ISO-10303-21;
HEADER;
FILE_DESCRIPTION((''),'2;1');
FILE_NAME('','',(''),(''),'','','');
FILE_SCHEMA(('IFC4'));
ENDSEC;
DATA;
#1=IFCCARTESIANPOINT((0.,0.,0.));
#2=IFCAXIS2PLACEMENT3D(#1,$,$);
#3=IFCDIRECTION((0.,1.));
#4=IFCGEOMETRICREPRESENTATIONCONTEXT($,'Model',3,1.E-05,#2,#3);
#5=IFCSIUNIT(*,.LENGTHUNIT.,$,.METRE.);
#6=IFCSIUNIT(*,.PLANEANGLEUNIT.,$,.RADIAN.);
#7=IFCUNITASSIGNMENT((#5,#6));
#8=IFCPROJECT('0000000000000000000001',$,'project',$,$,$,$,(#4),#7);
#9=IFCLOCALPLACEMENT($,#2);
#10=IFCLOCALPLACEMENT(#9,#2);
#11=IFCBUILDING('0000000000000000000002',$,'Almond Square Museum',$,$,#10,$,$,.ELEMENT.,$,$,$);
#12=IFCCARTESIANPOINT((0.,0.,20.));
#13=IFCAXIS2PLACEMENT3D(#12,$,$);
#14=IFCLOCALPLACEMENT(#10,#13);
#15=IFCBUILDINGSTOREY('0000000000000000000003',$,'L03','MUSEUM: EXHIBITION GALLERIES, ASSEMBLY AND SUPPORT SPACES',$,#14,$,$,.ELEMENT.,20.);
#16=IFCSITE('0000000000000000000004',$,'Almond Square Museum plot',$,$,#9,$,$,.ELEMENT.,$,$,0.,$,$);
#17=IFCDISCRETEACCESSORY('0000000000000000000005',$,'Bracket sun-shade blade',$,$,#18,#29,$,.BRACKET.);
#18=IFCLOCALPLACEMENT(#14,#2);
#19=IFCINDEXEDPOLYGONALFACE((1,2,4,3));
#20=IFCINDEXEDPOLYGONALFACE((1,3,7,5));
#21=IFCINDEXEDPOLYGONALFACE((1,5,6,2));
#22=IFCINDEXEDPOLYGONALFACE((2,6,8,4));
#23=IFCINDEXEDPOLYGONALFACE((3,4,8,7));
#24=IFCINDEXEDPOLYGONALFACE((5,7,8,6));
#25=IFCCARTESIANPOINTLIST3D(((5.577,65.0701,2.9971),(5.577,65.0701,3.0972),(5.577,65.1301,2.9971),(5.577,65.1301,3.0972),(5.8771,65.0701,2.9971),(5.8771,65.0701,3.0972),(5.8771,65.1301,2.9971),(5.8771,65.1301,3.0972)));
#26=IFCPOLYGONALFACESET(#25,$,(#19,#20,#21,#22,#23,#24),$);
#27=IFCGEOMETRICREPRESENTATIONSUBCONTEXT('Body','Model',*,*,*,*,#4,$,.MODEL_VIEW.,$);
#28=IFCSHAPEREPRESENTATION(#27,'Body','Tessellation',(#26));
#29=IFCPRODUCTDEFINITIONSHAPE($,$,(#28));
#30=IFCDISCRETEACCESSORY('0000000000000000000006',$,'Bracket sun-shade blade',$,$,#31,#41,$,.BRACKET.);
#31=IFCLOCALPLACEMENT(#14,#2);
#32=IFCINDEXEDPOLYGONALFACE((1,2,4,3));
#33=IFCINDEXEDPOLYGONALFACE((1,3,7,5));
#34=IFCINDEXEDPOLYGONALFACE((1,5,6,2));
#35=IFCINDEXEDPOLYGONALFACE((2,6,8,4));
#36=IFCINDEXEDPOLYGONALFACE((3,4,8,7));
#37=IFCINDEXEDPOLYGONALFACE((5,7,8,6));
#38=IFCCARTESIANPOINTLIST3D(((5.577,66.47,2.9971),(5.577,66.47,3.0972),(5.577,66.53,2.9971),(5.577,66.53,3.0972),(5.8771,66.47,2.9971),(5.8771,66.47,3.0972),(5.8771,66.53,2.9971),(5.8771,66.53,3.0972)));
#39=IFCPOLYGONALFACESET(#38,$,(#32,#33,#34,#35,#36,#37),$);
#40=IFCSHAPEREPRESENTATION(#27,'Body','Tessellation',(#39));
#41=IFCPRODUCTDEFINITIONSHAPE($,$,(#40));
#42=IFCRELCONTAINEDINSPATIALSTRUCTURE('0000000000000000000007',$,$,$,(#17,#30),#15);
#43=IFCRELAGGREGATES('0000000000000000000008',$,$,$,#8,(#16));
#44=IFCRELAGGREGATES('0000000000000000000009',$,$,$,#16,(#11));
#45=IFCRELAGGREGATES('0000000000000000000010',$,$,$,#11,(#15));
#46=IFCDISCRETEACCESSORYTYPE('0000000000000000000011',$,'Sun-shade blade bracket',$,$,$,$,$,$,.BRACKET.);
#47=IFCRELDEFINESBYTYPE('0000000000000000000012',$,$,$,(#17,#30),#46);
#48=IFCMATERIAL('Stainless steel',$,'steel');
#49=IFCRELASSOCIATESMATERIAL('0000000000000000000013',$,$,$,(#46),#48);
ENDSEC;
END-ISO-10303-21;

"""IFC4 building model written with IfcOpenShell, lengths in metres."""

from ifc_helpers import new_model, si_unit, direction, frame, origin, origin_2d, place, context, subcontext, project, spatial, rectangle, extrude, material, type_object, element, save


model = new_model("IFC4")

# Units and contexts
model_context = context("Model", 3, precision=1e-05, world=origin(), true_north=direction((0.0, 1.0)))
body_context = subcontext(model_context, "Body", "Model", "MODEL_VIEW")
ifc_project = project(units=[si_unit("LENGTHUNIT", "METRE"), si_unit("PLANEANGLEUNIT", "RADIAN")], contexts=[model_context])

# Site, building, storey
site_placement = place(None, origin())
site = spatial("IfcSite", under=ifc_project, at=site_placement, Name="Almond Square Museum plot", CompositionType="ELEMENT", RefElevation=0.0)
building_placement = place(site_placement, origin())
building = spatial("IfcBuilding", under=site, at=building_placement, Name="Almond Square Museum", CompositionType="ELEMENT")
storey_placement = place(building_placement, frame((0.0, 0.0, 20.0)))
storey = spatial("IfcBuildingStorey", under=building, at=storey_placement, Name="L03", Description="MUSEUM: EXHIBITION GALLERIES, ASSEMBLY AND SUPPORT SPACES", CompositionType="ELEMENT", Elevation=20.0)

# Discrete accessories
ifc_material_1 = material(Name="Stainless steel", Category="steel")
discrete_accessory_type = type_object("IfcDiscreteAccessoryType", Name="Sun-shade blade bracket", PredefinedType="BRACKET", material=ifc_material_1)
for number, where, z_axis, x_axis, name in (
    (1, (5.7271, 65.1001, 2.9971), (0.0, 0.0, 1.0), (1.0, 0.0, 0.0), "Bracket sun-shade blade"),
    (2, (5.7271, 66.5, 2.9971), (0.0, 0.0, 1.0), (1.0, 0.0, 0.0), "Bracket sun-shade blade"),
):
    element("IfcDiscreteAccessory", number, at=place(storey_placement, frame(where, z_axis=z_axis, x_axis=x_axis)), inside=storey, type_object=discrete_accessory_type, Name=name, PredefinedType="BRACKET", context=body_context, shape_type="SweptSolid", body=[
        extrude(rectangle(XDim=0.3, YDim=0.0601, at=origin_2d()), origin(), (0.0, 0.0, 1.0), 0.1001),
    ])

save(model, "model.ifc")
